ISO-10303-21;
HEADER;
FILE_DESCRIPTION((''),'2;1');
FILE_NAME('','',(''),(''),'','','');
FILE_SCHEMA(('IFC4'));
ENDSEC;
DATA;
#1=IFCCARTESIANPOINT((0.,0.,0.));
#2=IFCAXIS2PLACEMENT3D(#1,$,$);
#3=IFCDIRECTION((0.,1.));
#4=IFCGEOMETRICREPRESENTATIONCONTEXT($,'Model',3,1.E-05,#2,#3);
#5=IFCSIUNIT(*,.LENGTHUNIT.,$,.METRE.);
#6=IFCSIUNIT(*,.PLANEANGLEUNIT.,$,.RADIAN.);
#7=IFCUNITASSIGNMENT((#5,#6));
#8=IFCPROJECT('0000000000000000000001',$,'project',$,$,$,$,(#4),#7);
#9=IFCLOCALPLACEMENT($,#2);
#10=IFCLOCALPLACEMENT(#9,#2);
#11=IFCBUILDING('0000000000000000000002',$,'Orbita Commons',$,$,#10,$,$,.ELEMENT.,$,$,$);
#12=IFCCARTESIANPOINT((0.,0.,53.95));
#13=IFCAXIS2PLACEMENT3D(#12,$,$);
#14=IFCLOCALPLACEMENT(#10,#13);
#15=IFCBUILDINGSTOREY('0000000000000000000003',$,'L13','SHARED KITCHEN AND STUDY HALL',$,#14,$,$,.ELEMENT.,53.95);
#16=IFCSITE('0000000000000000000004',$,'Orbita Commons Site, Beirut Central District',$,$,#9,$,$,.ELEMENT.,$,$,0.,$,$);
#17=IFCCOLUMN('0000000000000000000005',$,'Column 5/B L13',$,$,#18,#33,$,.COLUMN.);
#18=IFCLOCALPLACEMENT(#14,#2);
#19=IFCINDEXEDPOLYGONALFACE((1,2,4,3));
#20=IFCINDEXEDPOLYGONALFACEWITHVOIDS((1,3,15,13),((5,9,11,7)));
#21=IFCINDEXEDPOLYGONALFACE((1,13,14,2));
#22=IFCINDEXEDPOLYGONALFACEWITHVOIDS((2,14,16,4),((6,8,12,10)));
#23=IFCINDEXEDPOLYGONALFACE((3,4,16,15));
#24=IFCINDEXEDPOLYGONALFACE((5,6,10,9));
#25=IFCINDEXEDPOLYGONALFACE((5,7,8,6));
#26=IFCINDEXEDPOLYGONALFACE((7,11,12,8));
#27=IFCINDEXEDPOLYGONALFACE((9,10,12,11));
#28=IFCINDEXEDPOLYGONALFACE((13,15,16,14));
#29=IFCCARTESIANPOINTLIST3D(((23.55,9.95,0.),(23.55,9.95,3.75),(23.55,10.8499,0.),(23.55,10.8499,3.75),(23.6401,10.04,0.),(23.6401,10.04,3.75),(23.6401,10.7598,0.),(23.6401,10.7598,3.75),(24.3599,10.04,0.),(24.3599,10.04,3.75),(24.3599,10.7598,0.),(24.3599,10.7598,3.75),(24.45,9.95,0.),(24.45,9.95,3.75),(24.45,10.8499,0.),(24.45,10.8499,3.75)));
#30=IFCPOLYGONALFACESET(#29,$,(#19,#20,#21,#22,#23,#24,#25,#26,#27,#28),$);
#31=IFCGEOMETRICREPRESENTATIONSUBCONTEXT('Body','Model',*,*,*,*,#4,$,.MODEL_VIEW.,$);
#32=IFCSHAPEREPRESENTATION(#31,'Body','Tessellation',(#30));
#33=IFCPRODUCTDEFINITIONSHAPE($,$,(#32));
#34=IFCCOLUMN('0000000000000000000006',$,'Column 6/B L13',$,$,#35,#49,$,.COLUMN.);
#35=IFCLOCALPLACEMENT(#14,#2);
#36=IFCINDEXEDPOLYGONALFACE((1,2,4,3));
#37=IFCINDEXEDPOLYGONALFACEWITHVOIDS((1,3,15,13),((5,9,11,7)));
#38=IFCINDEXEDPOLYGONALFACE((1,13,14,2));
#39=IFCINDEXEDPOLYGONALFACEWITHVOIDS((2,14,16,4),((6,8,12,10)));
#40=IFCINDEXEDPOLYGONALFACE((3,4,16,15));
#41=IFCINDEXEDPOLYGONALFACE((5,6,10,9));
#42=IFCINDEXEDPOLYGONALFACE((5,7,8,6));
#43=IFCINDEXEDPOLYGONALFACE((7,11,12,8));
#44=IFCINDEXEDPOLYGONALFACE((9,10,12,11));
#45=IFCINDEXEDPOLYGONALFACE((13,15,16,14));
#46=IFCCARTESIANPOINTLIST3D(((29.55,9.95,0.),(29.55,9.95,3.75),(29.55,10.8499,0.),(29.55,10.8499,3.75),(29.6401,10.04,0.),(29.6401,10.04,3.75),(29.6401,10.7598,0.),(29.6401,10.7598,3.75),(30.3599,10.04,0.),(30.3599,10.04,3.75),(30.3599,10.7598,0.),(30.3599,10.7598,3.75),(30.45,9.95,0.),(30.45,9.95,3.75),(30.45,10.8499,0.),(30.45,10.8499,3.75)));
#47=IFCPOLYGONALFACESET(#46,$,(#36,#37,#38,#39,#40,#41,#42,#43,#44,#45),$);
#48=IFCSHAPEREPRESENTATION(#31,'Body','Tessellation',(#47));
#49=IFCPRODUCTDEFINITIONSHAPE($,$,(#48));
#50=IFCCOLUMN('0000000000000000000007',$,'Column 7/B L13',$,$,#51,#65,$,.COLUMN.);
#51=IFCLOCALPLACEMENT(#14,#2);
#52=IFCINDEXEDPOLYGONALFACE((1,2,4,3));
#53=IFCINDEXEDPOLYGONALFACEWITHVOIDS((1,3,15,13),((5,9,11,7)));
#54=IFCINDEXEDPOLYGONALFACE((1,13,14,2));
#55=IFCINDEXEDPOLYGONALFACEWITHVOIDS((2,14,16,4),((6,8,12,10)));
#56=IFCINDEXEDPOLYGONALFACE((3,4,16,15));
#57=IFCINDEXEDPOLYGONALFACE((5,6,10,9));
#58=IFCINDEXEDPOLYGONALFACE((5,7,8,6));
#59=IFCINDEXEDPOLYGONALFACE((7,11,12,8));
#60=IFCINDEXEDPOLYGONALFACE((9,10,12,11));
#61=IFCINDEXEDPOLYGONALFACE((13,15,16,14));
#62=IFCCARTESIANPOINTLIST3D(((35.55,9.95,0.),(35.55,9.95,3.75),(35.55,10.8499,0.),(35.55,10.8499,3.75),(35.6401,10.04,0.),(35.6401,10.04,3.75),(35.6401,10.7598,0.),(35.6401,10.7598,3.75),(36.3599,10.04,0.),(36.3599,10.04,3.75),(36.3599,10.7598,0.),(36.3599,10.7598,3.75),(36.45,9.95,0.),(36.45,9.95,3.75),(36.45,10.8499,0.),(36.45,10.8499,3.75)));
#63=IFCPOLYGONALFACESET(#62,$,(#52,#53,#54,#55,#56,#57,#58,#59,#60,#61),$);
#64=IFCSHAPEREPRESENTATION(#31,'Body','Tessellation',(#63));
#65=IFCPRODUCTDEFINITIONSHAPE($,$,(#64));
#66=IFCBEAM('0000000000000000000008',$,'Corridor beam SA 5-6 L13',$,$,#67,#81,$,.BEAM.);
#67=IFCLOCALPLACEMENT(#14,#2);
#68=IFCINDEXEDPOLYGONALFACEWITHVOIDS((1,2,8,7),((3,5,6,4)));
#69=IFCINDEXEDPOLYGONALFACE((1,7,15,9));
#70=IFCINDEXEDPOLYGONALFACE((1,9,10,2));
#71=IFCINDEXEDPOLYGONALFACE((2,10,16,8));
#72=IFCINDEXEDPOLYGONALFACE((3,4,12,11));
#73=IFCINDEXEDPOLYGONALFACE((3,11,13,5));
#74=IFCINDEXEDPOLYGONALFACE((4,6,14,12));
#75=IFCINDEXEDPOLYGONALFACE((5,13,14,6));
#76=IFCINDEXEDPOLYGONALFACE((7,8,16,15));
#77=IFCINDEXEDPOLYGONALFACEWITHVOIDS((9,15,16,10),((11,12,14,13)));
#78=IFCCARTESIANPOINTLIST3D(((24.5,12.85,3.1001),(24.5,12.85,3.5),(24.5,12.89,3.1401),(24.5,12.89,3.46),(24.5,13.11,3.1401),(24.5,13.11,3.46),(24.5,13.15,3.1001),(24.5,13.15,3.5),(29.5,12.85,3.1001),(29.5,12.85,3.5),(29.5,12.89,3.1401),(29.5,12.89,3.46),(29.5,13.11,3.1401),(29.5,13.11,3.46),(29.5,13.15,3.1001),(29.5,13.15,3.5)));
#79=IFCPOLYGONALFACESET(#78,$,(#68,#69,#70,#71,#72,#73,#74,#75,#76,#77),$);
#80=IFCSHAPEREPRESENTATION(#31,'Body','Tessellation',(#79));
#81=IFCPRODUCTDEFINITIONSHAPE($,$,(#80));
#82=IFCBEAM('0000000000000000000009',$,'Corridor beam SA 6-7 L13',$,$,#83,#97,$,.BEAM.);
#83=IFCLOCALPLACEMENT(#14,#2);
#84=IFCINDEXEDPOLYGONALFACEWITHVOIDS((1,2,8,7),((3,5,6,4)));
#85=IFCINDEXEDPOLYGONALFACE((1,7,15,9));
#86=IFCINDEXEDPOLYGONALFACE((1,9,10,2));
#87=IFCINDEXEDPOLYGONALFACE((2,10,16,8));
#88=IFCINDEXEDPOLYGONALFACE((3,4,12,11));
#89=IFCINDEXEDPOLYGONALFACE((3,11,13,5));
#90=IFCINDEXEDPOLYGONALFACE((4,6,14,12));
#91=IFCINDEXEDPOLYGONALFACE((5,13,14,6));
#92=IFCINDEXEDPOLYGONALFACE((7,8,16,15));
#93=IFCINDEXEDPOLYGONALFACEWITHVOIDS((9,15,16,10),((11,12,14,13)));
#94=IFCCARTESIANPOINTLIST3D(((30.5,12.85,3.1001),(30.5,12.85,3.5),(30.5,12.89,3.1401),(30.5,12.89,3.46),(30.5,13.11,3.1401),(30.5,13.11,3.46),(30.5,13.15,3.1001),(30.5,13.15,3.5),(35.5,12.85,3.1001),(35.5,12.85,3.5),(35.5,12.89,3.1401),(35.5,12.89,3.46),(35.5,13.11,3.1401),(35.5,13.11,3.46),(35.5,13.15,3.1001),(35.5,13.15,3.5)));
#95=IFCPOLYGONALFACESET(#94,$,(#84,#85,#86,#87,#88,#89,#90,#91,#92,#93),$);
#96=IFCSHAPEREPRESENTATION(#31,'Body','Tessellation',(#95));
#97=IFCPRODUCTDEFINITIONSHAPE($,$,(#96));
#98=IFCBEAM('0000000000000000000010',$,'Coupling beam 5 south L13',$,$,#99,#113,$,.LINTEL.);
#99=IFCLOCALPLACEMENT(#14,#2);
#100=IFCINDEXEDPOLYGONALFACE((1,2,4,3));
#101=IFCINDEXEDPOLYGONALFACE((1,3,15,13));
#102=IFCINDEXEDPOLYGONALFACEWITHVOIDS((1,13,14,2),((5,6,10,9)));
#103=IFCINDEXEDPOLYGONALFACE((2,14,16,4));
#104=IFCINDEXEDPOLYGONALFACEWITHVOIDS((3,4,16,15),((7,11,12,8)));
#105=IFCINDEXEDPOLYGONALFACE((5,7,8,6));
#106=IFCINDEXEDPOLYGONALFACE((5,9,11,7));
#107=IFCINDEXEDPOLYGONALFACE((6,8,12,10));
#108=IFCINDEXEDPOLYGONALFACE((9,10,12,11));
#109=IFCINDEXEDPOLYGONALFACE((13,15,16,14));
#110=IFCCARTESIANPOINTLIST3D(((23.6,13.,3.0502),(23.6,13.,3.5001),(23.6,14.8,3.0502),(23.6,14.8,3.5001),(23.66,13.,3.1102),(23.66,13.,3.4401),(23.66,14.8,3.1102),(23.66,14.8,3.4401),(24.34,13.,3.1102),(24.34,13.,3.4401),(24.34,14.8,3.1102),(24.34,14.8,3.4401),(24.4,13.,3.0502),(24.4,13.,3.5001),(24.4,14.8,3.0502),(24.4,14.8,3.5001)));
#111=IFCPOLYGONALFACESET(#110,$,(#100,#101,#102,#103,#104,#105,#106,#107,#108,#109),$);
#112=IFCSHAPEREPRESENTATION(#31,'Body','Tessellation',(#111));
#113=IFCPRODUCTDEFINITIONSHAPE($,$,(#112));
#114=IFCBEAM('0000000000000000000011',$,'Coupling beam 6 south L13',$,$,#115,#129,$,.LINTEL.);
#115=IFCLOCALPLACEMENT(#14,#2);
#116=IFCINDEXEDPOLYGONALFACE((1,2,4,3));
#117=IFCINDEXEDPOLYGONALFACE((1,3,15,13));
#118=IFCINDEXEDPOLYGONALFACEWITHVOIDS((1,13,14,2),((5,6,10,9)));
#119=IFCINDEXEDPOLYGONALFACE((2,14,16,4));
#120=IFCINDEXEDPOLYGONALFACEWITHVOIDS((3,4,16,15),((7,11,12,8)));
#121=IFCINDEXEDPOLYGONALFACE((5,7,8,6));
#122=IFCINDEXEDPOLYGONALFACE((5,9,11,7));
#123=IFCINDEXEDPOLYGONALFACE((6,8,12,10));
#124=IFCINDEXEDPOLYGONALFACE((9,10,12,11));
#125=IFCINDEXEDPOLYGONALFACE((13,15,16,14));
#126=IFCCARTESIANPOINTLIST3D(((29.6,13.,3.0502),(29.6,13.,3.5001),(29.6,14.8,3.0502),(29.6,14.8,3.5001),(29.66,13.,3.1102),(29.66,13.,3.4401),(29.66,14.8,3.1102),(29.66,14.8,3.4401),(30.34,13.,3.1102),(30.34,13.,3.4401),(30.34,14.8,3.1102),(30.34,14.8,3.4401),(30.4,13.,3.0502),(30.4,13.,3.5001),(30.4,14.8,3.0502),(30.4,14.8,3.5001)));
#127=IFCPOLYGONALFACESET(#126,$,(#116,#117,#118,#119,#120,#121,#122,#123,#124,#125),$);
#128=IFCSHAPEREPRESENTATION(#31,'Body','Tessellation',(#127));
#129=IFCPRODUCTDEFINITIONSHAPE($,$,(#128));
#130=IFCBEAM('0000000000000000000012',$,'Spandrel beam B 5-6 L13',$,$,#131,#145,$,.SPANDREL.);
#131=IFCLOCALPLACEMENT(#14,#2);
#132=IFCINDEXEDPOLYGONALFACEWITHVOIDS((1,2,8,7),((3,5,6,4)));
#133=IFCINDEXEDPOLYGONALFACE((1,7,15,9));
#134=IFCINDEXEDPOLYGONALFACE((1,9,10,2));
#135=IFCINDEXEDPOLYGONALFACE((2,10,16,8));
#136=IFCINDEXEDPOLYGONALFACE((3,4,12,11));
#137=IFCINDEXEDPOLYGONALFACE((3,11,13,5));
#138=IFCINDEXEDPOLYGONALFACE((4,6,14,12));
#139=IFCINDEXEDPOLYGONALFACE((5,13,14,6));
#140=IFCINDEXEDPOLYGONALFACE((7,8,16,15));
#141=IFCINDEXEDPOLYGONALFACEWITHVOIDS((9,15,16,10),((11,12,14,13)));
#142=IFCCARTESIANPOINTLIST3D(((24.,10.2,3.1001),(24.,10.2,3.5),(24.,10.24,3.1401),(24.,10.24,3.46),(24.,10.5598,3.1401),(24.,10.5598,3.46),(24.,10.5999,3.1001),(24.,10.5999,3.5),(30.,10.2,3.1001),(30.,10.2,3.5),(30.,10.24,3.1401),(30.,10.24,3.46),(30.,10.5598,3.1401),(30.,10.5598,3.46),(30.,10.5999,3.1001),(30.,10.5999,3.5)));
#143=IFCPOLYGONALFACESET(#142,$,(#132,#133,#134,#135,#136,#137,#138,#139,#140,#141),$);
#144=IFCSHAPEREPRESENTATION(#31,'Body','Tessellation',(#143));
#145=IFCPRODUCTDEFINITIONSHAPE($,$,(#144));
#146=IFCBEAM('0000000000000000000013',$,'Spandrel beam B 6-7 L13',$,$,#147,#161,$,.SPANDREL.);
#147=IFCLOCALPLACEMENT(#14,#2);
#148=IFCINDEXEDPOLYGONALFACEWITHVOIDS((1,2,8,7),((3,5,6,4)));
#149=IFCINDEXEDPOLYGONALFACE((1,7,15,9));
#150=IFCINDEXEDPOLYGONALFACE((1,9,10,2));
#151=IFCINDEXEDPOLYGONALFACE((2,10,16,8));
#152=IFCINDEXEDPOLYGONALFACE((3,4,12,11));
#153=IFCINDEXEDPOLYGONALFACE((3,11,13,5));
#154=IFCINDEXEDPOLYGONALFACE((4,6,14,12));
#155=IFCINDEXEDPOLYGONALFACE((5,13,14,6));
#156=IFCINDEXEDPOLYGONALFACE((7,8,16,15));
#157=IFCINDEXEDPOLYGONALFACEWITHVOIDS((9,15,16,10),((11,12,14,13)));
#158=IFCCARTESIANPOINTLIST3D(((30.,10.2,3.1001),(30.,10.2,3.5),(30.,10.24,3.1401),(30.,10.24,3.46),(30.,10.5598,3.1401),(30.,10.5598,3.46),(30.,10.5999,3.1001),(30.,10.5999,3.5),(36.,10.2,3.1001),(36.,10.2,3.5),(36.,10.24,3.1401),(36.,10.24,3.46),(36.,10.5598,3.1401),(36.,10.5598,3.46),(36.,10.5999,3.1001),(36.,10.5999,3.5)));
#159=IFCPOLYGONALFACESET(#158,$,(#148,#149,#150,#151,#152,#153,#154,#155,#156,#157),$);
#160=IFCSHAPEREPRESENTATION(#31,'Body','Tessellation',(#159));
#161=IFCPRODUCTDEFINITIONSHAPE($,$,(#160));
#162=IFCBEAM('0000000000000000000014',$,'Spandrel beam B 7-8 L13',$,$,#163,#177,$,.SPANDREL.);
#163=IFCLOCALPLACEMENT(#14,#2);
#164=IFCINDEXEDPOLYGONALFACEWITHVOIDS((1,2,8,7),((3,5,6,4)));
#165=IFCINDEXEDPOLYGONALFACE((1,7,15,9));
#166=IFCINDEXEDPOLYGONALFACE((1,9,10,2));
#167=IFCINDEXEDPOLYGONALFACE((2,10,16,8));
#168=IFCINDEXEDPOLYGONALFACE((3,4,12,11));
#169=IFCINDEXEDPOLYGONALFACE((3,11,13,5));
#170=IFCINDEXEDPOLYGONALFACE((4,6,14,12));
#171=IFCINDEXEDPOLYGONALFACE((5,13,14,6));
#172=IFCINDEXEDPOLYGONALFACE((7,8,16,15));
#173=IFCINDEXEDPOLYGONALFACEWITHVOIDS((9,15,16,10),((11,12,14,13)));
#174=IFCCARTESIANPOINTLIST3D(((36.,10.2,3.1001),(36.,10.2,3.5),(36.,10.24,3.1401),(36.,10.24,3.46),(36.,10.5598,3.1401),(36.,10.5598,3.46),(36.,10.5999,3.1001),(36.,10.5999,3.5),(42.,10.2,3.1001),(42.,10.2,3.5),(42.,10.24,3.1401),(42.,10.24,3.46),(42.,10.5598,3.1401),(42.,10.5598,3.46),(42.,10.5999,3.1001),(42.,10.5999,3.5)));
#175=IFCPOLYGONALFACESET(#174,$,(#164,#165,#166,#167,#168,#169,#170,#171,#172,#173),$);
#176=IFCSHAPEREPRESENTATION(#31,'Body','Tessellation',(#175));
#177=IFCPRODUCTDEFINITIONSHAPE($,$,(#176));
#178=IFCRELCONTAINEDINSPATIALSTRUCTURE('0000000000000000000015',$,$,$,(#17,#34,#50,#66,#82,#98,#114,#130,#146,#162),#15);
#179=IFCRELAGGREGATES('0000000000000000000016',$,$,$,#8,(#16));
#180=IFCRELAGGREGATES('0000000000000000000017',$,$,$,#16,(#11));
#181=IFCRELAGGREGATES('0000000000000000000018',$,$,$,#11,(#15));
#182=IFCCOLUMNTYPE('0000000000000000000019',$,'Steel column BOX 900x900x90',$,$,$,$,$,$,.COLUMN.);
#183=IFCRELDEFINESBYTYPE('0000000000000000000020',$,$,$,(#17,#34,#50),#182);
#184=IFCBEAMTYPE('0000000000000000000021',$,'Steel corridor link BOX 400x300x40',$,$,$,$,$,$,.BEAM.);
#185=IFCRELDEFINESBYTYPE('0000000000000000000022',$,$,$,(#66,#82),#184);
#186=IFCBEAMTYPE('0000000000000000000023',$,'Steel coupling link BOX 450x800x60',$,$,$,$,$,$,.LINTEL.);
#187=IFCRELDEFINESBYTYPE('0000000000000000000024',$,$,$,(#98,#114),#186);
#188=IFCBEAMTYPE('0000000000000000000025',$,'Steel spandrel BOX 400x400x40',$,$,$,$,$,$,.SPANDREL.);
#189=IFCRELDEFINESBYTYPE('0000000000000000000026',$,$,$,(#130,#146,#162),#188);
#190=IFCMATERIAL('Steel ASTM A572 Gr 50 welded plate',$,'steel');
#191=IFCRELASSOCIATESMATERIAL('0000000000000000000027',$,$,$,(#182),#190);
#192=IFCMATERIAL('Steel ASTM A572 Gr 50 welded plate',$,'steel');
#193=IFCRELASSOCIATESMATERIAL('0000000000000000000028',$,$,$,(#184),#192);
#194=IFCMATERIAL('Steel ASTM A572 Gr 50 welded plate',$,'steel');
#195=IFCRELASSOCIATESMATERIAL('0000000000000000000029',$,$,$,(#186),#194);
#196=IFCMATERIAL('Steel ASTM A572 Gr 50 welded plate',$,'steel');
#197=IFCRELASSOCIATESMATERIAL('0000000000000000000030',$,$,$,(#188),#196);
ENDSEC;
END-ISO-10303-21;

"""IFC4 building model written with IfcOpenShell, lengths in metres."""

from ifc_helpers import new_model, si_unit, direction, frame, origin, origin_2d, place, context, subcontext, project, spatial, hollow_rectangle, extrude, material, material_profile, profile_set, type_object, element, save


model = new_model("IFC4")

# Units and contexts
model_context = context("Model", 3, precision=1e-05, world=origin(), true_north=direction((0.0, 1.0)))
body_context = subcontext(model_context, "Body", "Model", "MODEL_VIEW")
ifc_project = project(units=[si_unit("LENGTHUNIT", "METRE"), si_unit("PLANEANGLEUNIT", "RADIAN")], contexts=[model_context])

# Site, building, storey
site_placement = place(None, origin())
site = spatial("IfcSite", under=ifc_project, at=site_placement, Name="Orbita Commons Site, Beirut Central District", CompositionType="ELEMENT", RefElevation=0.0)
building_placement = place(site_placement, origin())
building = spatial("IfcBuilding", under=site, at=building_placement, Name="Orbita Commons", CompositionType="ELEMENT")
storey_placement = place(building_placement, frame((0.0, 0.0, 53.95)))
storey = spatial("IfcBuildingStorey", under=building, at=storey_placement, Name="L13", Description="SHARED KITCHEN AND STUDY HALL", CompositionType="ELEMENT", Elevation=53.95)

# Columns
ifc_material_1 = material(Name="Steel ASTM A572 Gr 50 welded plate", Category="steel")
ifc_material_profile_1 = material_profile(ifc_material_1, hollow_rectangle(XDim=0.8999, YDim=0.8999, WallThickness=0.0901, at=origin_2d()), Name="BOX 900x900x90")
ifc_profile_set_1 = profile_set([ifc_material_profile_1], Name="Steel ASTM A572 Gr 50 welded plate")
column_type = type_object("IfcColumnType", Name="Steel column BOX 900x900x90", PredefinedType="COLUMN", material=ifc_profile_set_1)
for number, where, z_axis, x_axis, name in (
    (1, (24.0, 10.3999, 0.0), (0.0, 0.0, 1.0), (1.0, 0.0, 0.0), "Column 5/B L13"),
    (2, (30.0, 10.3999, 0.0), (0.0, 0.0, 1.0), (1.0, 0.0, 0.0), "Column 6/B L13"),
    (3, (36.0, 10.3999, 0.0), (0.0, 0.0, 1.0), (1.0, 0.0, 0.0), "Column 7/B L13"),
):
    element("IfcColumn", number, at=place(storey_placement, frame(where, z_axis=z_axis, x_axis=x_axis)), inside=storey, type_object=column_type, Name=name, PredefinedType="COLUMN", context=body_context, shape_type="SweptSolid", body=[
        extrude(hollow_rectangle(XDim=0.8999, YDim=0.8999, WallThickness=0.0901, at=origin_2d()), origin(), (0.0, 0.0, 1.0), 3.75),
    ])

# Beams
ifc_material_2 = material(Name="Steel ASTM A572 Gr 50 welded plate", Category="steel")
ifc_material_profile_2 = material_profile(ifc_material_2, hollow_rectangle(XDim=0.3, YDim=0.3999, WallThickness=0.04, at=origin_2d()), Name="BOX 400x300x40")
ifc_profile_set_2 = profile_set([ifc_material_profile_2], Name="Steel ASTM A572 Gr 50 welded plate")
beam_type_1 = type_object("IfcBeamType", Name="Steel corridor link BOX 400x300x40", PredefinedType="BEAM", material=ifc_profile_set_2)
for number, where, z_axis, x_axis, name in (
    (4, (24.5, 13.0, 3.3), (1.0, 0.0, 0.0), (0.0, 1.0, 0.0), "Corridor beam SA 5-6 L13"),
    (5, (30.5, 13.0, 3.3), (1.0, 0.0, 0.0), (0.0, 1.0, 0.0), "Corridor beam SA 6-7 L13"),
):
    element("IfcBeam", number, at=place(storey_placement, frame(where, z_axis=z_axis, x_axis=x_axis)), inside=storey, type_object=beam_type_1, Name=name, PredefinedType="BEAM", context=body_context, shape_type="SweptSolid", body=[
        extrude(hollow_rectangle(XDim=0.3, YDim=0.3999, WallThickness=0.04, at=origin_2d()), origin(), (0.0, 0.0, 1.0), 5.0),
    ])
ifc_material_3 = material(Name="Steel ASTM A572 Gr 50 welded plate", Category="steel")
ifc_material_profile_3 = material_profile(ifc_material_3, hollow_rectangle(XDim=0.8, YDim=0.45, WallThickness=0.0601, at=origin_2d()), Name="BOX 450x800x60")
ifc_profile_set_3 = profile_set([ifc_material_profile_3], Name="Steel ASTM A572 Gr 50 welded plate")
beam_type_2 = type_object("IfcBeamType", Name="Steel coupling link BOX 450x800x60", PredefinedType="LINTEL", material=ifc_profile_set_3)
for number, where, z_axis, x_axis, name in (
    (6, (24.0, 13.0, 3.2751), (0.0, 1.0, 0.0), (-1.0, 0.0, 0.0), "Coupling beam 5 south L13"),
    (7, (30.0, 13.0, 3.2751), (0.0, 1.0, 0.0), (-1.0, 0.0, 0.0), "Coupling beam 6 south L13"),
):
    element("IfcBeam", number, at=place(storey_placement, frame(where, z_axis=z_axis, x_axis=x_axis)), inside=storey, type_object=beam_type_2, Name=name, PredefinedType="LINTEL", context=body_context, shape_type="SweptSolid", body=[
        extrude(hollow_rectangle(XDim=0.8, YDim=0.45, WallThickness=0.0601, at=origin_2d()), origin(), (0.0, 0.0, 1.0), 1.8),
    ])
ifc_material_4 = material(Name="Steel ASTM A572 Gr 50 welded plate", Category="steel")
ifc_material_profile_4 = material_profile(ifc_material_4, hollow_rectangle(XDim=0.3999, YDim=0.3999, WallThickness=0.04, at=origin_2d()), Name="BOX 400x400x40")
ifc_profile_set_4 = profile_set([ifc_material_profile_4], Name="Steel ASTM A572 Gr 50 welded plate")
beam_type_3 = type_object("IfcBeamType", Name="Steel spandrel BOX 400x400x40", PredefinedType="SPANDREL", material=ifc_profile_set_4)
for number, where, z_axis, x_axis, name in (
    (8, (24.0, 10.3999, 3.3), (1.0, 0.0, 0.0), (0.0, 1.0, 0.0), "Spandrel beam B 5-6 L13"),
    (9, (30.0, 10.3999, 3.3), (1.0, 0.0, 0.0), (0.0, 1.0, 0.0), "Spandrel beam B 6-7 L13"),
    (10, (36.0, 10.3999, 3.3), (1.0, 0.0, 0.0), (0.0, 1.0, 0.0), "Spandrel beam B 7-8 L13"),
):
    element("IfcBeam", number, at=place(storey_placement, frame(where, z_axis=z_axis, x_axis=x_axis)), inside=storey, type_object=beam_type_3, Name=name, PredefinedType="SPANDREL", context=body_context, shape_type="SweptSolid", body=[
        extrude(hollow_rectangle(XDim=0.3999, YDim=0.3999, WallThickness=0.04, at=origin_2d()), origin(), (0.0, 0.0, 1.0), 6.0),
    ])

save(model, "model.ifc")
